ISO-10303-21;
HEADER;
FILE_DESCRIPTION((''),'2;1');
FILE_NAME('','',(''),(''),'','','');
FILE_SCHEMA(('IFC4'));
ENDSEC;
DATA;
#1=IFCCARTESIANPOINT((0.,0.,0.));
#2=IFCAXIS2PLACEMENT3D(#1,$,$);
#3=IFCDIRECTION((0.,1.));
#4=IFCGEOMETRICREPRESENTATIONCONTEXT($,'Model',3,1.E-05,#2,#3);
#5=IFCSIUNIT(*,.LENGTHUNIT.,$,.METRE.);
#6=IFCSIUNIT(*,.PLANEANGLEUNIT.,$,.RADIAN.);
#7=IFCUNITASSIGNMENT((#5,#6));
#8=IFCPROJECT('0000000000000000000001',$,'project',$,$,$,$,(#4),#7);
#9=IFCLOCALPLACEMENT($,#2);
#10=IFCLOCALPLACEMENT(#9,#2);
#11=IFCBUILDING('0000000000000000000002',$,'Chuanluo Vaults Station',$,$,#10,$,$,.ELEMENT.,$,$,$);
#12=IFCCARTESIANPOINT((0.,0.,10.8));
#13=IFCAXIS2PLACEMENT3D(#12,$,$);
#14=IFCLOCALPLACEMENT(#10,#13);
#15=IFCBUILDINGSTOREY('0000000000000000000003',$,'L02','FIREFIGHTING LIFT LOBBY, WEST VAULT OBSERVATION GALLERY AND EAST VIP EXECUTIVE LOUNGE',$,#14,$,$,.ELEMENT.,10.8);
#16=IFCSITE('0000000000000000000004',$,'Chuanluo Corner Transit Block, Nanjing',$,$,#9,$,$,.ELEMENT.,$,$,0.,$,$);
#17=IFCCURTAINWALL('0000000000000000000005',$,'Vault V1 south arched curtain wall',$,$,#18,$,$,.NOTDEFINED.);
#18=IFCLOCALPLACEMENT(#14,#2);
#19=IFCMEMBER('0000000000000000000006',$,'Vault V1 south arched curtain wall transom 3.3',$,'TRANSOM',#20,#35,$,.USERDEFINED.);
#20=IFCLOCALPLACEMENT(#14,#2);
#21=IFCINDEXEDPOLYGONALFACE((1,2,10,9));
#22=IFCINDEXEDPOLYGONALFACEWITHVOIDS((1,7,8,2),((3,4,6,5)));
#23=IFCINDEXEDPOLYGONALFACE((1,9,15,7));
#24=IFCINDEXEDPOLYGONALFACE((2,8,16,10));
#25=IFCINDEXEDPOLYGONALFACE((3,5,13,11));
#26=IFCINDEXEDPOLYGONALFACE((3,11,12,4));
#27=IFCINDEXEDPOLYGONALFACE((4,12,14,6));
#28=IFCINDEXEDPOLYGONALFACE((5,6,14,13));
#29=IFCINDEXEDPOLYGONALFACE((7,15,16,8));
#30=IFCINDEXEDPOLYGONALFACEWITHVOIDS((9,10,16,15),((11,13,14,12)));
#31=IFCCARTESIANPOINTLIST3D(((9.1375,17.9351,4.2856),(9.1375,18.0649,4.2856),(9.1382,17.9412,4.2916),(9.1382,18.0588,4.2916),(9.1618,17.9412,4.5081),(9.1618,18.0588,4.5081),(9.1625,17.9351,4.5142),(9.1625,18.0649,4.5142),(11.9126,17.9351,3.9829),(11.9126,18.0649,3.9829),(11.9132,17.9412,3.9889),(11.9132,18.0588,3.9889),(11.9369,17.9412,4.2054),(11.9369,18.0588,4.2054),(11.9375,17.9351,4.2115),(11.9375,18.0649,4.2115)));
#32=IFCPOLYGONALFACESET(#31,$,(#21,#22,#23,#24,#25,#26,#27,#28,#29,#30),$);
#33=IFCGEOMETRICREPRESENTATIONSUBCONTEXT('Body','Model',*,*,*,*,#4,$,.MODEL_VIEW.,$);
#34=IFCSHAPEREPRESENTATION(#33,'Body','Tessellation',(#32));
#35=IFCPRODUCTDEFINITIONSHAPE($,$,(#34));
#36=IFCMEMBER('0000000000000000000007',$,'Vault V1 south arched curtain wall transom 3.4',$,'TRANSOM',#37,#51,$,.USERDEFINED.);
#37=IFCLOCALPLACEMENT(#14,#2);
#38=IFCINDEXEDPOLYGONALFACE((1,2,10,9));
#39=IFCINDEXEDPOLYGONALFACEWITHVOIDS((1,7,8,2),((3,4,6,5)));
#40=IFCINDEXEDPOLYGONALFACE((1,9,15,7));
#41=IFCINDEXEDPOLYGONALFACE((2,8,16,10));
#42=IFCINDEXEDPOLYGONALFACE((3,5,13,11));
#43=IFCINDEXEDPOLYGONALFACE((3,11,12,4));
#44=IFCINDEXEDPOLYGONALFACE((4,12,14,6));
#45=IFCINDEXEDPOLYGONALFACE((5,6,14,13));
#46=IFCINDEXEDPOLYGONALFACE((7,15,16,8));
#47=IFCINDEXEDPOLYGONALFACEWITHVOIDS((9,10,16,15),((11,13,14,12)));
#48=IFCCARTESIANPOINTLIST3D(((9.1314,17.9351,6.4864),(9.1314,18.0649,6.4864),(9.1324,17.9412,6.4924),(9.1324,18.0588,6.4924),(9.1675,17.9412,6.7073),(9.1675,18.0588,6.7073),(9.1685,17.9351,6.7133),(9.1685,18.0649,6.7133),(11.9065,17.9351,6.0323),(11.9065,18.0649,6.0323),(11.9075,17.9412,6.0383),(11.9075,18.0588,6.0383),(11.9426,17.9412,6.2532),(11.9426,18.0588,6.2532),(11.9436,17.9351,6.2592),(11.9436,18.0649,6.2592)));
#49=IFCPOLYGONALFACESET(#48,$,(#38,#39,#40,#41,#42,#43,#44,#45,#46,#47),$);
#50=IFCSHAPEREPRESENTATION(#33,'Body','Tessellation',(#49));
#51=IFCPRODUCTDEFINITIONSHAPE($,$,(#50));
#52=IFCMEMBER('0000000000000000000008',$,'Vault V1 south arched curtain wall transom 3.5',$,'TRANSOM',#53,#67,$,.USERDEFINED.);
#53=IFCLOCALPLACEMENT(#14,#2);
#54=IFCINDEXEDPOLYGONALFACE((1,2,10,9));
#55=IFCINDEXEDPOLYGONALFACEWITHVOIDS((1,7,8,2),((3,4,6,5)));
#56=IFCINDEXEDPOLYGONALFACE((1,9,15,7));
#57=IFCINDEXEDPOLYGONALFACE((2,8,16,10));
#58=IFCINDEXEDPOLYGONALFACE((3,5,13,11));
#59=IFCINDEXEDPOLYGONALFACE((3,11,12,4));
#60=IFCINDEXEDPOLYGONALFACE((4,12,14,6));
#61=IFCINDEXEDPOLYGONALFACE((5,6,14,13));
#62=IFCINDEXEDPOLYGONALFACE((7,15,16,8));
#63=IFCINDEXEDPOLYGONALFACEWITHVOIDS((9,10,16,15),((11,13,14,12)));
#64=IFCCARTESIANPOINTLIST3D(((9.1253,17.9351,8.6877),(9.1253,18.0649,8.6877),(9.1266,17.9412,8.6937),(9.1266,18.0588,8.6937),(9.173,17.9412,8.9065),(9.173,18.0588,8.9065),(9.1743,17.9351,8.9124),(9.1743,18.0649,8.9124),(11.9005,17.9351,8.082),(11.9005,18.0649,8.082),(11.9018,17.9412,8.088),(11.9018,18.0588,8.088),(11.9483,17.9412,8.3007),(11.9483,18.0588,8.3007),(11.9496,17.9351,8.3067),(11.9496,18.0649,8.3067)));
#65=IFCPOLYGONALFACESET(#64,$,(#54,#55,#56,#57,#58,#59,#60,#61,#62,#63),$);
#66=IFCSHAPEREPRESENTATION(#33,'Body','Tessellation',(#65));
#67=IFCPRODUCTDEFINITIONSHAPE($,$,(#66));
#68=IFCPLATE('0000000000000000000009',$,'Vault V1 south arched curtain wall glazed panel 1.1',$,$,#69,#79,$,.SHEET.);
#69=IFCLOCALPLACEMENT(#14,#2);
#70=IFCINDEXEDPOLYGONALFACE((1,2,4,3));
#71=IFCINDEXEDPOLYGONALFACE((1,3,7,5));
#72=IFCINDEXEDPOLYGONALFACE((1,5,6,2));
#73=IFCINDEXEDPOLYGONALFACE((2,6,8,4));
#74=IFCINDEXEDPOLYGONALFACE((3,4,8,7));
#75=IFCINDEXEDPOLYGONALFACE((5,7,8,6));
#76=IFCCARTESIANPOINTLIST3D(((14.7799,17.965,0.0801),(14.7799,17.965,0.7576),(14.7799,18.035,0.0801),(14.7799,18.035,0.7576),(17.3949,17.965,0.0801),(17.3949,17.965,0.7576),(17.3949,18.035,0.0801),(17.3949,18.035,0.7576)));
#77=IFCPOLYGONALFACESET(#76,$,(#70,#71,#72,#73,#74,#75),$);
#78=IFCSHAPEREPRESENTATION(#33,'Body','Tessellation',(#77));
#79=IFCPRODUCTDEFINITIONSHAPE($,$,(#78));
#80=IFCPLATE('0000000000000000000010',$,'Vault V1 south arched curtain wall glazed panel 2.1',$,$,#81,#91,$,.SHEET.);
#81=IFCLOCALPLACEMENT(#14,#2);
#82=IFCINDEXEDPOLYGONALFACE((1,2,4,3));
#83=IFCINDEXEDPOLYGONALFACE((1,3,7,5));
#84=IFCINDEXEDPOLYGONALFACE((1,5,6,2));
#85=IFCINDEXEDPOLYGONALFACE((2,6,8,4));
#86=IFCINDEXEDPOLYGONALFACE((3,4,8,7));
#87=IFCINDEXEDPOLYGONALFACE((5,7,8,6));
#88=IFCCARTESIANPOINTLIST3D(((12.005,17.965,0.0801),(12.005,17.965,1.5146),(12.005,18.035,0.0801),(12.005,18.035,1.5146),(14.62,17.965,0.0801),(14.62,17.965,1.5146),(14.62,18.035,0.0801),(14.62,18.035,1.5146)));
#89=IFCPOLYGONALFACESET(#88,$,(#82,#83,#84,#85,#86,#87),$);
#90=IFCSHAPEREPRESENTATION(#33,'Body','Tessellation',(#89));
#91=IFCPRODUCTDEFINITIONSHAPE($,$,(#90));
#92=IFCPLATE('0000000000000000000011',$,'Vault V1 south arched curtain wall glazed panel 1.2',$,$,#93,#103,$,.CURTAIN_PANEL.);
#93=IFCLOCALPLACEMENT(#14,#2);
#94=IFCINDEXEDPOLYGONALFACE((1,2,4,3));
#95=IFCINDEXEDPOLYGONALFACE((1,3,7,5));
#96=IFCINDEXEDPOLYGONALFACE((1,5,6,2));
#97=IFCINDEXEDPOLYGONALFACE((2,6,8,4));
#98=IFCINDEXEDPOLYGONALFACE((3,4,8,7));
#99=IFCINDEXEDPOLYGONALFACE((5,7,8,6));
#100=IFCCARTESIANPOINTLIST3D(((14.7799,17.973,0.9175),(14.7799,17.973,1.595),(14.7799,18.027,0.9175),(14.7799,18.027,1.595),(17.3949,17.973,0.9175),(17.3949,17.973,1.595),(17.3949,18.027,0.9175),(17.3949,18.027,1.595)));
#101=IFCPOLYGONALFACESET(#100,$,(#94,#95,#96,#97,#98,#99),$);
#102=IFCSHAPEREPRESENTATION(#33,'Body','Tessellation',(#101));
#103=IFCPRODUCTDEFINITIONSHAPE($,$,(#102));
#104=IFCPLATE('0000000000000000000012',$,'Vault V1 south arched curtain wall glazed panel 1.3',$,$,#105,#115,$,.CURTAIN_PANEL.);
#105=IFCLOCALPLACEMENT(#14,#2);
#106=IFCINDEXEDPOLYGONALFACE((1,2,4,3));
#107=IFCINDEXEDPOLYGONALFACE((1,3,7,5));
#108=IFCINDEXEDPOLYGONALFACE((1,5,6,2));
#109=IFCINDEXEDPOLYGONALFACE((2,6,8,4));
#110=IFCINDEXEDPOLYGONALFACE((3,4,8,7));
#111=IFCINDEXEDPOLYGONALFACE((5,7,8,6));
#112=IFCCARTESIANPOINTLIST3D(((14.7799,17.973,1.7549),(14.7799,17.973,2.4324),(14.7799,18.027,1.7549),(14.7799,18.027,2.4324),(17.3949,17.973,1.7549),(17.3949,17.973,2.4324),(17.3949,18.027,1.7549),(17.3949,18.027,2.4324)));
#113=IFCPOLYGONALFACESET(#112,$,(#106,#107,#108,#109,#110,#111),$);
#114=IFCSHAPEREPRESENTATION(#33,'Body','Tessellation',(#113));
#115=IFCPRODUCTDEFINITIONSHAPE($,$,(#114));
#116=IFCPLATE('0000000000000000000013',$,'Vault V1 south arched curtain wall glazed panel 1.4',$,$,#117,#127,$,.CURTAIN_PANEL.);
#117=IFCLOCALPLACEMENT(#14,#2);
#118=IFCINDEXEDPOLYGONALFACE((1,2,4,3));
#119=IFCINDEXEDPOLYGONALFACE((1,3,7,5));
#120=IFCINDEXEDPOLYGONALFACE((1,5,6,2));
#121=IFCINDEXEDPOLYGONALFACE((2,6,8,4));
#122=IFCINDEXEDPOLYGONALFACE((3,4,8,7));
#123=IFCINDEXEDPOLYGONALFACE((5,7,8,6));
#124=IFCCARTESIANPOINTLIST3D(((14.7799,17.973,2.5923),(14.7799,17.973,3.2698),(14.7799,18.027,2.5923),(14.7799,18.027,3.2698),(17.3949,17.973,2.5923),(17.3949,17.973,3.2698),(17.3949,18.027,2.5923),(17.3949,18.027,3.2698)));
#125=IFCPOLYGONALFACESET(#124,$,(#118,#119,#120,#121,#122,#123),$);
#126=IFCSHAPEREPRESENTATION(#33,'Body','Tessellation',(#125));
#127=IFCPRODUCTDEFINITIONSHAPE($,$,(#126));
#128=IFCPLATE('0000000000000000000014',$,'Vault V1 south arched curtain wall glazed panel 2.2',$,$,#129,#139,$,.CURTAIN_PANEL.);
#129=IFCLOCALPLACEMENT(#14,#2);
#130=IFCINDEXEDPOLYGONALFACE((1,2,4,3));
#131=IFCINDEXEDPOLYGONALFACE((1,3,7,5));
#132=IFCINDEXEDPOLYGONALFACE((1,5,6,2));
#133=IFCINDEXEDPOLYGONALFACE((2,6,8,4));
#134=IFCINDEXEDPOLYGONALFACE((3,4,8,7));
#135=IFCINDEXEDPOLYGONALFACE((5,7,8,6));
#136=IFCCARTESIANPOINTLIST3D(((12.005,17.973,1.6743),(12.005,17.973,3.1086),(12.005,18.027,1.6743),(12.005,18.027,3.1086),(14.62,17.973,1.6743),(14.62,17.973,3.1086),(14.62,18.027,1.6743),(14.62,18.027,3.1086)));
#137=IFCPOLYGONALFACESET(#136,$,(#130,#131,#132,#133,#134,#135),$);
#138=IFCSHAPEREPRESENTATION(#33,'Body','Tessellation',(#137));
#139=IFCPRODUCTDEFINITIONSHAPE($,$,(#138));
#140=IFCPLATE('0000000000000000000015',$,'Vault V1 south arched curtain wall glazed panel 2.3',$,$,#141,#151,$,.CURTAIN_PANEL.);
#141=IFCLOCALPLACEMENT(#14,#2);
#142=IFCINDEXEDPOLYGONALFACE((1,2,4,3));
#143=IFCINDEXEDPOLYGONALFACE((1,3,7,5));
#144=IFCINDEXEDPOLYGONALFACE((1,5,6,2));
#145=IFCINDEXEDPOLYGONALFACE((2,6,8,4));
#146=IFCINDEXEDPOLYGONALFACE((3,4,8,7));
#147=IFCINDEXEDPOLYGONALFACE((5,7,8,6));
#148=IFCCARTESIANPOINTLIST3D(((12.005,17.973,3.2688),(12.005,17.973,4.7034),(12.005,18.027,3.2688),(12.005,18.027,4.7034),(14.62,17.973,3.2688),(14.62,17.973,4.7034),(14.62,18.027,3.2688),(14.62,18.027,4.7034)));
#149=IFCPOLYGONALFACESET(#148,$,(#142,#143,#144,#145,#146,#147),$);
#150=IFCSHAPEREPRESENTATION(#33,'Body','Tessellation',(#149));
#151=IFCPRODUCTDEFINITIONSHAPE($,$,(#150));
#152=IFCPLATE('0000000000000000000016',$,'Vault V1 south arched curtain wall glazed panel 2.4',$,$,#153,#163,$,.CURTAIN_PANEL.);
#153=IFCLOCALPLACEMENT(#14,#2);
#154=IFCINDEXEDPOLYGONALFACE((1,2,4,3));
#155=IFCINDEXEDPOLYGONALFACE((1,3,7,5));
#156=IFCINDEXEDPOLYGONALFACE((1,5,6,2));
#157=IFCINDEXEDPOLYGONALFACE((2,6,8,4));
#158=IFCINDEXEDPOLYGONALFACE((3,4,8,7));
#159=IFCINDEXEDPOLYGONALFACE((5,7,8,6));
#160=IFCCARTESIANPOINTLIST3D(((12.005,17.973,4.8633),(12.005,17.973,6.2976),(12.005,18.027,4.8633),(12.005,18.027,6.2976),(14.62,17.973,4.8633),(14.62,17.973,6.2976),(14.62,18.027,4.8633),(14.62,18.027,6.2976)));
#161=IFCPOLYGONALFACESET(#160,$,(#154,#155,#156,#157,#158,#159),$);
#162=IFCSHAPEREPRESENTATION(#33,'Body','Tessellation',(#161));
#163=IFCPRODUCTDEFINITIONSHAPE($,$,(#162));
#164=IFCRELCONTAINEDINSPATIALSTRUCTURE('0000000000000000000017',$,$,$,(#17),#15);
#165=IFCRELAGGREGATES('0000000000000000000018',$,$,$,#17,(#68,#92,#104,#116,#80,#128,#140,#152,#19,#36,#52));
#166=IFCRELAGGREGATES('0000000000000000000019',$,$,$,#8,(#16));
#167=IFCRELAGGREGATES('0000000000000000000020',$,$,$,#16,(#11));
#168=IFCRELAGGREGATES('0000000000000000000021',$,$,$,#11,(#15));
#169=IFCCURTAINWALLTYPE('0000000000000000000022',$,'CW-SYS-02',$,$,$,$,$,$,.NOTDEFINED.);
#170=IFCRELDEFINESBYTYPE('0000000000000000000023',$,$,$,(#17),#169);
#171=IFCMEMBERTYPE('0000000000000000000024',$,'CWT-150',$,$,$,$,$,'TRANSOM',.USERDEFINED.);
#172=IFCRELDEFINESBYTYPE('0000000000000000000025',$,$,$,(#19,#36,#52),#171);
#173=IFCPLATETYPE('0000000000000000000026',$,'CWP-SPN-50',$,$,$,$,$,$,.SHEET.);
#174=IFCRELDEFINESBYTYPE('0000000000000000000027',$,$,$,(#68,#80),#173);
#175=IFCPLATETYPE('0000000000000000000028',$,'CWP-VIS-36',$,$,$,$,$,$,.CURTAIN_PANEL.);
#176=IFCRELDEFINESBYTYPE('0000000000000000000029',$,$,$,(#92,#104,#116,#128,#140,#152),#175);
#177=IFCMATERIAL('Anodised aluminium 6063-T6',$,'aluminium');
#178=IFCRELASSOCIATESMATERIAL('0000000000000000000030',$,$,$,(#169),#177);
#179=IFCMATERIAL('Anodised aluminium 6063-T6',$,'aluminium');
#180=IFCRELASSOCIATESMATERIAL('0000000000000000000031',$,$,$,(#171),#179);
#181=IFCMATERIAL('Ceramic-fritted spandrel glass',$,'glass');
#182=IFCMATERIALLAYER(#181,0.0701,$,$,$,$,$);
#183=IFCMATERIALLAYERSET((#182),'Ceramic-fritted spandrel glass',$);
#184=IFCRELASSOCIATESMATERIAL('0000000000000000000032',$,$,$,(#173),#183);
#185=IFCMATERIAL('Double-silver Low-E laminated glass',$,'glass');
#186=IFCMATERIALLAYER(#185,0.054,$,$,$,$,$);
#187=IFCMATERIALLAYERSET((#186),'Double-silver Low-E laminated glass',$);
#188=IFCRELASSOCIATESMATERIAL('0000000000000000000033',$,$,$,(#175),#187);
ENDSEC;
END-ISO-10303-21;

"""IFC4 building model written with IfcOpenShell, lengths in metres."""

from ifc_helpers import new_model, si_unit, direction, frame, origin, origin_2d, place, context, subcontext, project, spatial, rectangle, hollow_rectangle, extrude, material, layer, layer_set, material_profile, profile_set, type_object, element, aggregate, save


model = new_model("IFC4")

# Units and contexts
model_context = context("Model", 3, precision=1e-05, world=origin(), true_north=direction((0.0, 1.0)))
body_context = subcontext(model_context, "Body", "Model", "MODEL_VIEW")
ifc_project = project(units=[si_unit("LENGTHUNIT", "METRE"), si_unit("PLANEANGLEUNIT", "RADIAN")], contexts=[model_context])

# Site, building, storey
site_placement = place(None, origin())
site = spatial("IfcSite", under=ifc_project, at=site_placement, Name="Chuanluo Corner Transit Block, Nanjing", CompositionType="ELEMENT", RefElevation=0.0)
building_placement = place(site_placement, origin())
building = spatial("IfcBuilding", under=site, at=building_placement, Name="Chuanluo Vaults Station", CompositionType="ELEMENT")
storey_placement = place(building_placement, frame((0.0, 0.0, 10.8)))
storey = spatial("IfcBuildingStorey", under=building, at=storey_placement, Name="L02", Description="FIREFIGHTING LIFT LOBBY, WEST VAULT OBSERVATION GALLERY AND EAST VIP EXECUTIVE LOUNGE", CompositionType="ELEMENT", Elevation=10.8)

# Curtain wall, members, plates
ifc_material_1 = material(Name="Anodised aluminium 6063-T6", Category="aluminium")
curtain_wall_type = type_object("IfcCurtainWallType", Name="CW-SYS-02", PredefinedType="NOTDEFINED", material=ifc_material_1)
curtain_wall_placement = place(storey_placement, origin())
curtain_wall = element("IfcCurtainWall", 1, at=curtain_wall_placement, inside=storey, type_object=curtain_wall_type, Name="Vault V1 south arched curtain wall", PredefinedType="NOTDEFINED")
ifc_material_2 = material(Name="Anodised aluminium 6063-T6", Category="aluminium")
ifc_material_profile_1 = material_profile(ifc_material_2, hollow_rectangle(XDim=0.1299, YDim=0.23, WallThickness=0.0061, at=origin_2d()))
ifc_profile_set_1 = profile_set([ifc_material_profile_1], Name="Anodised aluminium 6063-T6")
member_type_1 = type_object("IfcMemberType", Name="CWT-150", ElementType="TRANSOM", PredefinedType="USERDEFINED", material=ifc_profile_set_1)
member_1_placement = place(storey_placement, frame((11.925, 18.0, 4.0972), z_axis=(-0.994103, 0.0, 0.108444), x_axis=(0.0, -1.0, 0.0)))
member_1 = element("IfcMember", 2, at=member_1_placement, type_object=member_type_1, Name="Vault V1 south arched curtain wall transom 3.3", ObjectType="TRANSOM", PredefinedType="USERDEFINED", context=body_context, shape_type="SweptSolid", body=[
    extrude(hollow_rectangle(XDim=0.1299, YDim=0.23, WallThickness=0.0061, at=origin_2d()), origin(), (0.0, 0.0, 1.0), 2.7915),
])
member_2_placement = place(storey_placement, frame((11.925, 18.0, 6.1458), z_axis=(-0.986875, 0.0, 0.161484), x_axis=(0.0, -1.0, 0.0)))
member_2 = element("IfcMember", 3, at=member_2_placement, type_object=member_type_1, Name="Vault V1 south arched curtain wall transom 3.4", ObjectType="TRANSOM", PredefinedType="USERDEFINED", context=body_context, shape_type="SweptSolid", body=[
    extrude(hollow_rectangle(XDim=0.1299, YDim=0.23, WallThickness=0.0061, at=origin_2d()), origin(), (0.0, 0.0, 1.0), 2.812),
])
member_3_placement = place(storey_placement, frame((11.925, 18.0, 8.1943), z_axis=(-0.976999, 0.0, 0.213243), x_axis=(0.0, -1.0, 0.0)))
member_3 = element("IfcMember", 4, at=member_3_placement, type_object=member_type_1, Name="Vault V1 south arched curtain wall transom 3.5", ObjectType="TRANSOM", PredefinedType="USERDEFINED", context=body_context, shape_type="SweptSolid", body=[
    extrude(hollow_rectangle(XDim=0.1299, YDim=0.23, WallThickness=0.0061, at=origin_2d()), origin(), (0.0, 0.0, 1.0), 2.8406),
])
ifc_material_3 = material(Name="Ceramic-fritted spandrel glass", Category="glass")
ifc_layer_1 = layer(ifc_material_3, 0.0701)
ifc_layer_set_1 = layer_set([ifc_layer_1], Name="Ceramic-fritted spandrel glass")
plate_type_1 = type_object("IfcPlateType", Name="CWP-SPN-50", PredefinedType="SHEET", material=ifc_layer_set_1)
plate_1_placement = place(storey_placement, frame((16.0874, 18.0, 0.0801), z_axis=(0.0, 0.0, 1.0), x_axis=(-1.0, 0.0, 0.0)))
plate_1 = element("IfcPlate", 5, at=plate_1_placement, type_object=plate_type_1, Name="Vault V1 south arched curtain wall glazed panel 1.1", PredefinedType="SHEET", context=body_context, shape_type="SweptSolid", body=[
    extrude(rectangle(XDim=2.615, YDim=0.0701, at=origin_2d()), origin(), (0.0, 0.0, 1.0), 0.6775),
])
plate_2_placement = place(storey_placement, frame((13.3125, 18.0, 0.0801), z_axis=(0.0, 0.0, 1.0), x_axis=(-1.0, 0.0, 0.0)))
plate_2 = element("IfcPlate", 6, at=plate_2_placement, type_object=plate_type_1, Name="Vault V1 south arched curtain wall glazed panel 2.1", PredefinedType="SHEET", context=body_context, shape_type="SweptSolid", body=[
    extrude(rectangle(XDim=2.615, YDim=0.0701, at=origin_2d()), origin(), (0.0, 0.0, 1.0), 1.4346),
])
ifc_material_4 = material(Name="Double-silver Low-E laminated glass", Category="glass")
ifc_layer_2 = layer(ifc_material_4, 0.054)
ifc_layer_set_2 = layer_set([ifc_layer_2], Name="Double-silver Low-E laminated glass")
plate_type_2 = type_object("IfcPlateType", Name="CWP-VIS-36", PredefinedType="CURTAIN_PANEL", material=ifc_layer_set_2)
plate_3_placement = place(storey_placement, frame((16.0874, 18.0, 0.9175), z_axis=(0.0, 0.0, 1.0), x_axis=(-1.0, 0.0, 0.0)))
plate_3 = element("IfcPlate", 7, at=plate_3_placement, type_object=plate_type_2, Name="Vault V1 south arched curtain wall glazed panel 1.2", PredefinedType="CURTAIN_PANEL", context=body_context, shape_type="SweptSolid", body=[
    extrude(rectangle(XDim=2.615, YDim=0.054, at=origin_2d()), origin(), (0.0, 0.0, 1.0), 0.6775),
])
plate_4_placement = place(storey_placement, frame((16.0874, 18.0, 1.7549), z_axis=(0.0, 0.0, 1.0), x_axis=(-1.0, 0.0, 0.0)))
plate_4 = element("IfcPlate", 8, at=plate_4_placement, type_object=plate_type_2, Name="Vault V1 south arched curtain wall glazed panel 1.3", PredefinedType="CURTAIN_PANEL", context=body_context, shape_type="SweptSolid", body=[
    extrude(rectangle(XDim=2.615, YDim=0.054, at=origin_2d()), origin(), (0.0, 0.0, 1.0), 0.6775),
])
plate_5_placement = place(storey_placement, frame((16.0874, 18.0, 2.5923), z_axis=(0.0, 0.0, 1.0), x_axis=(-1.0, 0.0, 0.0)))
plate_5 = element("IfcPlate", 9, at=plate_5_placement, type_object=plate_type_2, Name="Vault V1 south arched curtain wall glazed panel 1.4", PredefinedType="CURTAIN_PANEL", context=body_context, shape_type="SweptSolid", body=[
    extrude(rectangle(XDim=2.615, YDim=0.054, at=origin_2d()), origin(), (0.0, 0.0, 1.0), 0.6775),
])
plate_6_placement = place(storey_placement, frame((13.3125, 18.0, 1.6743), z_axis=(0.0, 0.0, 1.0), x_axis=(-1.0, 0.0, 0.0)))
plate_6 = element("IfcPlate", 10, at=plate_6_placement, type_object=plate_type_2, Name="Vault V1 south arched curtain wall glazed panel 2.2", PredefinedType="CURTAIN_PANEL", context=body_context, shape_type="SweptSolid", body=[
    extrude(rectangle(XDim=2.615, YDim=0.054, at=origin_2d()), origin(), (0.0, 0.0, 1.0), 1.4343),
])
plate_7_placement = place(storey_placement, frame((13.3125, 18.0, 3.2688), z_axis=(0.0, 0.0, 1.0), x_axis=(-1.0, 0.0, 0.0)))
plate_7 = element("IfcPlate", 11, at=plate_7_placement, type_object=plate_type_2, Name="Vault V1 south arched curtain wall glazed panel 2.3", PredefinedType="CURTAIN_PANEL", context=body_context, shape_type="SweptSolid", body=[
    extrude(rectangle(XDim=2.615, YDim=0.054, at=origin_2d()), origin(), (0.0, 0.0, 1.0), 1.4346),
])
plate_8_placement = place(storey_placement, frame((13.3125, 18.0, 4.8633), z_axis=(0.0, 0.0, 1.0), x_axis=(-1.0, 0.0, 0.0)))
plate_8 = element("IfcPlate", 12, at=plate_8_placement, type_object=plate_type_2, Name="Vault V1 south arched curtain wall glazed panel 2.4", PredefinedType="CURTAIN_PANEL", context=body_context, shape_type="SweptSolid", body=[
    extrude(rectangle(XDim=2.615, YDim=0.054, at=origin_2d()), origin(), (0.0, 0.0, 1.0), 1.4343),
])
aggregate(curtain_wall, [plate_1, plate_3, plate_4, plate_5, plate_2, plate_6, plate_7, plate_8, member_1, member_2, member_3])

save(model, "model.ifc")
